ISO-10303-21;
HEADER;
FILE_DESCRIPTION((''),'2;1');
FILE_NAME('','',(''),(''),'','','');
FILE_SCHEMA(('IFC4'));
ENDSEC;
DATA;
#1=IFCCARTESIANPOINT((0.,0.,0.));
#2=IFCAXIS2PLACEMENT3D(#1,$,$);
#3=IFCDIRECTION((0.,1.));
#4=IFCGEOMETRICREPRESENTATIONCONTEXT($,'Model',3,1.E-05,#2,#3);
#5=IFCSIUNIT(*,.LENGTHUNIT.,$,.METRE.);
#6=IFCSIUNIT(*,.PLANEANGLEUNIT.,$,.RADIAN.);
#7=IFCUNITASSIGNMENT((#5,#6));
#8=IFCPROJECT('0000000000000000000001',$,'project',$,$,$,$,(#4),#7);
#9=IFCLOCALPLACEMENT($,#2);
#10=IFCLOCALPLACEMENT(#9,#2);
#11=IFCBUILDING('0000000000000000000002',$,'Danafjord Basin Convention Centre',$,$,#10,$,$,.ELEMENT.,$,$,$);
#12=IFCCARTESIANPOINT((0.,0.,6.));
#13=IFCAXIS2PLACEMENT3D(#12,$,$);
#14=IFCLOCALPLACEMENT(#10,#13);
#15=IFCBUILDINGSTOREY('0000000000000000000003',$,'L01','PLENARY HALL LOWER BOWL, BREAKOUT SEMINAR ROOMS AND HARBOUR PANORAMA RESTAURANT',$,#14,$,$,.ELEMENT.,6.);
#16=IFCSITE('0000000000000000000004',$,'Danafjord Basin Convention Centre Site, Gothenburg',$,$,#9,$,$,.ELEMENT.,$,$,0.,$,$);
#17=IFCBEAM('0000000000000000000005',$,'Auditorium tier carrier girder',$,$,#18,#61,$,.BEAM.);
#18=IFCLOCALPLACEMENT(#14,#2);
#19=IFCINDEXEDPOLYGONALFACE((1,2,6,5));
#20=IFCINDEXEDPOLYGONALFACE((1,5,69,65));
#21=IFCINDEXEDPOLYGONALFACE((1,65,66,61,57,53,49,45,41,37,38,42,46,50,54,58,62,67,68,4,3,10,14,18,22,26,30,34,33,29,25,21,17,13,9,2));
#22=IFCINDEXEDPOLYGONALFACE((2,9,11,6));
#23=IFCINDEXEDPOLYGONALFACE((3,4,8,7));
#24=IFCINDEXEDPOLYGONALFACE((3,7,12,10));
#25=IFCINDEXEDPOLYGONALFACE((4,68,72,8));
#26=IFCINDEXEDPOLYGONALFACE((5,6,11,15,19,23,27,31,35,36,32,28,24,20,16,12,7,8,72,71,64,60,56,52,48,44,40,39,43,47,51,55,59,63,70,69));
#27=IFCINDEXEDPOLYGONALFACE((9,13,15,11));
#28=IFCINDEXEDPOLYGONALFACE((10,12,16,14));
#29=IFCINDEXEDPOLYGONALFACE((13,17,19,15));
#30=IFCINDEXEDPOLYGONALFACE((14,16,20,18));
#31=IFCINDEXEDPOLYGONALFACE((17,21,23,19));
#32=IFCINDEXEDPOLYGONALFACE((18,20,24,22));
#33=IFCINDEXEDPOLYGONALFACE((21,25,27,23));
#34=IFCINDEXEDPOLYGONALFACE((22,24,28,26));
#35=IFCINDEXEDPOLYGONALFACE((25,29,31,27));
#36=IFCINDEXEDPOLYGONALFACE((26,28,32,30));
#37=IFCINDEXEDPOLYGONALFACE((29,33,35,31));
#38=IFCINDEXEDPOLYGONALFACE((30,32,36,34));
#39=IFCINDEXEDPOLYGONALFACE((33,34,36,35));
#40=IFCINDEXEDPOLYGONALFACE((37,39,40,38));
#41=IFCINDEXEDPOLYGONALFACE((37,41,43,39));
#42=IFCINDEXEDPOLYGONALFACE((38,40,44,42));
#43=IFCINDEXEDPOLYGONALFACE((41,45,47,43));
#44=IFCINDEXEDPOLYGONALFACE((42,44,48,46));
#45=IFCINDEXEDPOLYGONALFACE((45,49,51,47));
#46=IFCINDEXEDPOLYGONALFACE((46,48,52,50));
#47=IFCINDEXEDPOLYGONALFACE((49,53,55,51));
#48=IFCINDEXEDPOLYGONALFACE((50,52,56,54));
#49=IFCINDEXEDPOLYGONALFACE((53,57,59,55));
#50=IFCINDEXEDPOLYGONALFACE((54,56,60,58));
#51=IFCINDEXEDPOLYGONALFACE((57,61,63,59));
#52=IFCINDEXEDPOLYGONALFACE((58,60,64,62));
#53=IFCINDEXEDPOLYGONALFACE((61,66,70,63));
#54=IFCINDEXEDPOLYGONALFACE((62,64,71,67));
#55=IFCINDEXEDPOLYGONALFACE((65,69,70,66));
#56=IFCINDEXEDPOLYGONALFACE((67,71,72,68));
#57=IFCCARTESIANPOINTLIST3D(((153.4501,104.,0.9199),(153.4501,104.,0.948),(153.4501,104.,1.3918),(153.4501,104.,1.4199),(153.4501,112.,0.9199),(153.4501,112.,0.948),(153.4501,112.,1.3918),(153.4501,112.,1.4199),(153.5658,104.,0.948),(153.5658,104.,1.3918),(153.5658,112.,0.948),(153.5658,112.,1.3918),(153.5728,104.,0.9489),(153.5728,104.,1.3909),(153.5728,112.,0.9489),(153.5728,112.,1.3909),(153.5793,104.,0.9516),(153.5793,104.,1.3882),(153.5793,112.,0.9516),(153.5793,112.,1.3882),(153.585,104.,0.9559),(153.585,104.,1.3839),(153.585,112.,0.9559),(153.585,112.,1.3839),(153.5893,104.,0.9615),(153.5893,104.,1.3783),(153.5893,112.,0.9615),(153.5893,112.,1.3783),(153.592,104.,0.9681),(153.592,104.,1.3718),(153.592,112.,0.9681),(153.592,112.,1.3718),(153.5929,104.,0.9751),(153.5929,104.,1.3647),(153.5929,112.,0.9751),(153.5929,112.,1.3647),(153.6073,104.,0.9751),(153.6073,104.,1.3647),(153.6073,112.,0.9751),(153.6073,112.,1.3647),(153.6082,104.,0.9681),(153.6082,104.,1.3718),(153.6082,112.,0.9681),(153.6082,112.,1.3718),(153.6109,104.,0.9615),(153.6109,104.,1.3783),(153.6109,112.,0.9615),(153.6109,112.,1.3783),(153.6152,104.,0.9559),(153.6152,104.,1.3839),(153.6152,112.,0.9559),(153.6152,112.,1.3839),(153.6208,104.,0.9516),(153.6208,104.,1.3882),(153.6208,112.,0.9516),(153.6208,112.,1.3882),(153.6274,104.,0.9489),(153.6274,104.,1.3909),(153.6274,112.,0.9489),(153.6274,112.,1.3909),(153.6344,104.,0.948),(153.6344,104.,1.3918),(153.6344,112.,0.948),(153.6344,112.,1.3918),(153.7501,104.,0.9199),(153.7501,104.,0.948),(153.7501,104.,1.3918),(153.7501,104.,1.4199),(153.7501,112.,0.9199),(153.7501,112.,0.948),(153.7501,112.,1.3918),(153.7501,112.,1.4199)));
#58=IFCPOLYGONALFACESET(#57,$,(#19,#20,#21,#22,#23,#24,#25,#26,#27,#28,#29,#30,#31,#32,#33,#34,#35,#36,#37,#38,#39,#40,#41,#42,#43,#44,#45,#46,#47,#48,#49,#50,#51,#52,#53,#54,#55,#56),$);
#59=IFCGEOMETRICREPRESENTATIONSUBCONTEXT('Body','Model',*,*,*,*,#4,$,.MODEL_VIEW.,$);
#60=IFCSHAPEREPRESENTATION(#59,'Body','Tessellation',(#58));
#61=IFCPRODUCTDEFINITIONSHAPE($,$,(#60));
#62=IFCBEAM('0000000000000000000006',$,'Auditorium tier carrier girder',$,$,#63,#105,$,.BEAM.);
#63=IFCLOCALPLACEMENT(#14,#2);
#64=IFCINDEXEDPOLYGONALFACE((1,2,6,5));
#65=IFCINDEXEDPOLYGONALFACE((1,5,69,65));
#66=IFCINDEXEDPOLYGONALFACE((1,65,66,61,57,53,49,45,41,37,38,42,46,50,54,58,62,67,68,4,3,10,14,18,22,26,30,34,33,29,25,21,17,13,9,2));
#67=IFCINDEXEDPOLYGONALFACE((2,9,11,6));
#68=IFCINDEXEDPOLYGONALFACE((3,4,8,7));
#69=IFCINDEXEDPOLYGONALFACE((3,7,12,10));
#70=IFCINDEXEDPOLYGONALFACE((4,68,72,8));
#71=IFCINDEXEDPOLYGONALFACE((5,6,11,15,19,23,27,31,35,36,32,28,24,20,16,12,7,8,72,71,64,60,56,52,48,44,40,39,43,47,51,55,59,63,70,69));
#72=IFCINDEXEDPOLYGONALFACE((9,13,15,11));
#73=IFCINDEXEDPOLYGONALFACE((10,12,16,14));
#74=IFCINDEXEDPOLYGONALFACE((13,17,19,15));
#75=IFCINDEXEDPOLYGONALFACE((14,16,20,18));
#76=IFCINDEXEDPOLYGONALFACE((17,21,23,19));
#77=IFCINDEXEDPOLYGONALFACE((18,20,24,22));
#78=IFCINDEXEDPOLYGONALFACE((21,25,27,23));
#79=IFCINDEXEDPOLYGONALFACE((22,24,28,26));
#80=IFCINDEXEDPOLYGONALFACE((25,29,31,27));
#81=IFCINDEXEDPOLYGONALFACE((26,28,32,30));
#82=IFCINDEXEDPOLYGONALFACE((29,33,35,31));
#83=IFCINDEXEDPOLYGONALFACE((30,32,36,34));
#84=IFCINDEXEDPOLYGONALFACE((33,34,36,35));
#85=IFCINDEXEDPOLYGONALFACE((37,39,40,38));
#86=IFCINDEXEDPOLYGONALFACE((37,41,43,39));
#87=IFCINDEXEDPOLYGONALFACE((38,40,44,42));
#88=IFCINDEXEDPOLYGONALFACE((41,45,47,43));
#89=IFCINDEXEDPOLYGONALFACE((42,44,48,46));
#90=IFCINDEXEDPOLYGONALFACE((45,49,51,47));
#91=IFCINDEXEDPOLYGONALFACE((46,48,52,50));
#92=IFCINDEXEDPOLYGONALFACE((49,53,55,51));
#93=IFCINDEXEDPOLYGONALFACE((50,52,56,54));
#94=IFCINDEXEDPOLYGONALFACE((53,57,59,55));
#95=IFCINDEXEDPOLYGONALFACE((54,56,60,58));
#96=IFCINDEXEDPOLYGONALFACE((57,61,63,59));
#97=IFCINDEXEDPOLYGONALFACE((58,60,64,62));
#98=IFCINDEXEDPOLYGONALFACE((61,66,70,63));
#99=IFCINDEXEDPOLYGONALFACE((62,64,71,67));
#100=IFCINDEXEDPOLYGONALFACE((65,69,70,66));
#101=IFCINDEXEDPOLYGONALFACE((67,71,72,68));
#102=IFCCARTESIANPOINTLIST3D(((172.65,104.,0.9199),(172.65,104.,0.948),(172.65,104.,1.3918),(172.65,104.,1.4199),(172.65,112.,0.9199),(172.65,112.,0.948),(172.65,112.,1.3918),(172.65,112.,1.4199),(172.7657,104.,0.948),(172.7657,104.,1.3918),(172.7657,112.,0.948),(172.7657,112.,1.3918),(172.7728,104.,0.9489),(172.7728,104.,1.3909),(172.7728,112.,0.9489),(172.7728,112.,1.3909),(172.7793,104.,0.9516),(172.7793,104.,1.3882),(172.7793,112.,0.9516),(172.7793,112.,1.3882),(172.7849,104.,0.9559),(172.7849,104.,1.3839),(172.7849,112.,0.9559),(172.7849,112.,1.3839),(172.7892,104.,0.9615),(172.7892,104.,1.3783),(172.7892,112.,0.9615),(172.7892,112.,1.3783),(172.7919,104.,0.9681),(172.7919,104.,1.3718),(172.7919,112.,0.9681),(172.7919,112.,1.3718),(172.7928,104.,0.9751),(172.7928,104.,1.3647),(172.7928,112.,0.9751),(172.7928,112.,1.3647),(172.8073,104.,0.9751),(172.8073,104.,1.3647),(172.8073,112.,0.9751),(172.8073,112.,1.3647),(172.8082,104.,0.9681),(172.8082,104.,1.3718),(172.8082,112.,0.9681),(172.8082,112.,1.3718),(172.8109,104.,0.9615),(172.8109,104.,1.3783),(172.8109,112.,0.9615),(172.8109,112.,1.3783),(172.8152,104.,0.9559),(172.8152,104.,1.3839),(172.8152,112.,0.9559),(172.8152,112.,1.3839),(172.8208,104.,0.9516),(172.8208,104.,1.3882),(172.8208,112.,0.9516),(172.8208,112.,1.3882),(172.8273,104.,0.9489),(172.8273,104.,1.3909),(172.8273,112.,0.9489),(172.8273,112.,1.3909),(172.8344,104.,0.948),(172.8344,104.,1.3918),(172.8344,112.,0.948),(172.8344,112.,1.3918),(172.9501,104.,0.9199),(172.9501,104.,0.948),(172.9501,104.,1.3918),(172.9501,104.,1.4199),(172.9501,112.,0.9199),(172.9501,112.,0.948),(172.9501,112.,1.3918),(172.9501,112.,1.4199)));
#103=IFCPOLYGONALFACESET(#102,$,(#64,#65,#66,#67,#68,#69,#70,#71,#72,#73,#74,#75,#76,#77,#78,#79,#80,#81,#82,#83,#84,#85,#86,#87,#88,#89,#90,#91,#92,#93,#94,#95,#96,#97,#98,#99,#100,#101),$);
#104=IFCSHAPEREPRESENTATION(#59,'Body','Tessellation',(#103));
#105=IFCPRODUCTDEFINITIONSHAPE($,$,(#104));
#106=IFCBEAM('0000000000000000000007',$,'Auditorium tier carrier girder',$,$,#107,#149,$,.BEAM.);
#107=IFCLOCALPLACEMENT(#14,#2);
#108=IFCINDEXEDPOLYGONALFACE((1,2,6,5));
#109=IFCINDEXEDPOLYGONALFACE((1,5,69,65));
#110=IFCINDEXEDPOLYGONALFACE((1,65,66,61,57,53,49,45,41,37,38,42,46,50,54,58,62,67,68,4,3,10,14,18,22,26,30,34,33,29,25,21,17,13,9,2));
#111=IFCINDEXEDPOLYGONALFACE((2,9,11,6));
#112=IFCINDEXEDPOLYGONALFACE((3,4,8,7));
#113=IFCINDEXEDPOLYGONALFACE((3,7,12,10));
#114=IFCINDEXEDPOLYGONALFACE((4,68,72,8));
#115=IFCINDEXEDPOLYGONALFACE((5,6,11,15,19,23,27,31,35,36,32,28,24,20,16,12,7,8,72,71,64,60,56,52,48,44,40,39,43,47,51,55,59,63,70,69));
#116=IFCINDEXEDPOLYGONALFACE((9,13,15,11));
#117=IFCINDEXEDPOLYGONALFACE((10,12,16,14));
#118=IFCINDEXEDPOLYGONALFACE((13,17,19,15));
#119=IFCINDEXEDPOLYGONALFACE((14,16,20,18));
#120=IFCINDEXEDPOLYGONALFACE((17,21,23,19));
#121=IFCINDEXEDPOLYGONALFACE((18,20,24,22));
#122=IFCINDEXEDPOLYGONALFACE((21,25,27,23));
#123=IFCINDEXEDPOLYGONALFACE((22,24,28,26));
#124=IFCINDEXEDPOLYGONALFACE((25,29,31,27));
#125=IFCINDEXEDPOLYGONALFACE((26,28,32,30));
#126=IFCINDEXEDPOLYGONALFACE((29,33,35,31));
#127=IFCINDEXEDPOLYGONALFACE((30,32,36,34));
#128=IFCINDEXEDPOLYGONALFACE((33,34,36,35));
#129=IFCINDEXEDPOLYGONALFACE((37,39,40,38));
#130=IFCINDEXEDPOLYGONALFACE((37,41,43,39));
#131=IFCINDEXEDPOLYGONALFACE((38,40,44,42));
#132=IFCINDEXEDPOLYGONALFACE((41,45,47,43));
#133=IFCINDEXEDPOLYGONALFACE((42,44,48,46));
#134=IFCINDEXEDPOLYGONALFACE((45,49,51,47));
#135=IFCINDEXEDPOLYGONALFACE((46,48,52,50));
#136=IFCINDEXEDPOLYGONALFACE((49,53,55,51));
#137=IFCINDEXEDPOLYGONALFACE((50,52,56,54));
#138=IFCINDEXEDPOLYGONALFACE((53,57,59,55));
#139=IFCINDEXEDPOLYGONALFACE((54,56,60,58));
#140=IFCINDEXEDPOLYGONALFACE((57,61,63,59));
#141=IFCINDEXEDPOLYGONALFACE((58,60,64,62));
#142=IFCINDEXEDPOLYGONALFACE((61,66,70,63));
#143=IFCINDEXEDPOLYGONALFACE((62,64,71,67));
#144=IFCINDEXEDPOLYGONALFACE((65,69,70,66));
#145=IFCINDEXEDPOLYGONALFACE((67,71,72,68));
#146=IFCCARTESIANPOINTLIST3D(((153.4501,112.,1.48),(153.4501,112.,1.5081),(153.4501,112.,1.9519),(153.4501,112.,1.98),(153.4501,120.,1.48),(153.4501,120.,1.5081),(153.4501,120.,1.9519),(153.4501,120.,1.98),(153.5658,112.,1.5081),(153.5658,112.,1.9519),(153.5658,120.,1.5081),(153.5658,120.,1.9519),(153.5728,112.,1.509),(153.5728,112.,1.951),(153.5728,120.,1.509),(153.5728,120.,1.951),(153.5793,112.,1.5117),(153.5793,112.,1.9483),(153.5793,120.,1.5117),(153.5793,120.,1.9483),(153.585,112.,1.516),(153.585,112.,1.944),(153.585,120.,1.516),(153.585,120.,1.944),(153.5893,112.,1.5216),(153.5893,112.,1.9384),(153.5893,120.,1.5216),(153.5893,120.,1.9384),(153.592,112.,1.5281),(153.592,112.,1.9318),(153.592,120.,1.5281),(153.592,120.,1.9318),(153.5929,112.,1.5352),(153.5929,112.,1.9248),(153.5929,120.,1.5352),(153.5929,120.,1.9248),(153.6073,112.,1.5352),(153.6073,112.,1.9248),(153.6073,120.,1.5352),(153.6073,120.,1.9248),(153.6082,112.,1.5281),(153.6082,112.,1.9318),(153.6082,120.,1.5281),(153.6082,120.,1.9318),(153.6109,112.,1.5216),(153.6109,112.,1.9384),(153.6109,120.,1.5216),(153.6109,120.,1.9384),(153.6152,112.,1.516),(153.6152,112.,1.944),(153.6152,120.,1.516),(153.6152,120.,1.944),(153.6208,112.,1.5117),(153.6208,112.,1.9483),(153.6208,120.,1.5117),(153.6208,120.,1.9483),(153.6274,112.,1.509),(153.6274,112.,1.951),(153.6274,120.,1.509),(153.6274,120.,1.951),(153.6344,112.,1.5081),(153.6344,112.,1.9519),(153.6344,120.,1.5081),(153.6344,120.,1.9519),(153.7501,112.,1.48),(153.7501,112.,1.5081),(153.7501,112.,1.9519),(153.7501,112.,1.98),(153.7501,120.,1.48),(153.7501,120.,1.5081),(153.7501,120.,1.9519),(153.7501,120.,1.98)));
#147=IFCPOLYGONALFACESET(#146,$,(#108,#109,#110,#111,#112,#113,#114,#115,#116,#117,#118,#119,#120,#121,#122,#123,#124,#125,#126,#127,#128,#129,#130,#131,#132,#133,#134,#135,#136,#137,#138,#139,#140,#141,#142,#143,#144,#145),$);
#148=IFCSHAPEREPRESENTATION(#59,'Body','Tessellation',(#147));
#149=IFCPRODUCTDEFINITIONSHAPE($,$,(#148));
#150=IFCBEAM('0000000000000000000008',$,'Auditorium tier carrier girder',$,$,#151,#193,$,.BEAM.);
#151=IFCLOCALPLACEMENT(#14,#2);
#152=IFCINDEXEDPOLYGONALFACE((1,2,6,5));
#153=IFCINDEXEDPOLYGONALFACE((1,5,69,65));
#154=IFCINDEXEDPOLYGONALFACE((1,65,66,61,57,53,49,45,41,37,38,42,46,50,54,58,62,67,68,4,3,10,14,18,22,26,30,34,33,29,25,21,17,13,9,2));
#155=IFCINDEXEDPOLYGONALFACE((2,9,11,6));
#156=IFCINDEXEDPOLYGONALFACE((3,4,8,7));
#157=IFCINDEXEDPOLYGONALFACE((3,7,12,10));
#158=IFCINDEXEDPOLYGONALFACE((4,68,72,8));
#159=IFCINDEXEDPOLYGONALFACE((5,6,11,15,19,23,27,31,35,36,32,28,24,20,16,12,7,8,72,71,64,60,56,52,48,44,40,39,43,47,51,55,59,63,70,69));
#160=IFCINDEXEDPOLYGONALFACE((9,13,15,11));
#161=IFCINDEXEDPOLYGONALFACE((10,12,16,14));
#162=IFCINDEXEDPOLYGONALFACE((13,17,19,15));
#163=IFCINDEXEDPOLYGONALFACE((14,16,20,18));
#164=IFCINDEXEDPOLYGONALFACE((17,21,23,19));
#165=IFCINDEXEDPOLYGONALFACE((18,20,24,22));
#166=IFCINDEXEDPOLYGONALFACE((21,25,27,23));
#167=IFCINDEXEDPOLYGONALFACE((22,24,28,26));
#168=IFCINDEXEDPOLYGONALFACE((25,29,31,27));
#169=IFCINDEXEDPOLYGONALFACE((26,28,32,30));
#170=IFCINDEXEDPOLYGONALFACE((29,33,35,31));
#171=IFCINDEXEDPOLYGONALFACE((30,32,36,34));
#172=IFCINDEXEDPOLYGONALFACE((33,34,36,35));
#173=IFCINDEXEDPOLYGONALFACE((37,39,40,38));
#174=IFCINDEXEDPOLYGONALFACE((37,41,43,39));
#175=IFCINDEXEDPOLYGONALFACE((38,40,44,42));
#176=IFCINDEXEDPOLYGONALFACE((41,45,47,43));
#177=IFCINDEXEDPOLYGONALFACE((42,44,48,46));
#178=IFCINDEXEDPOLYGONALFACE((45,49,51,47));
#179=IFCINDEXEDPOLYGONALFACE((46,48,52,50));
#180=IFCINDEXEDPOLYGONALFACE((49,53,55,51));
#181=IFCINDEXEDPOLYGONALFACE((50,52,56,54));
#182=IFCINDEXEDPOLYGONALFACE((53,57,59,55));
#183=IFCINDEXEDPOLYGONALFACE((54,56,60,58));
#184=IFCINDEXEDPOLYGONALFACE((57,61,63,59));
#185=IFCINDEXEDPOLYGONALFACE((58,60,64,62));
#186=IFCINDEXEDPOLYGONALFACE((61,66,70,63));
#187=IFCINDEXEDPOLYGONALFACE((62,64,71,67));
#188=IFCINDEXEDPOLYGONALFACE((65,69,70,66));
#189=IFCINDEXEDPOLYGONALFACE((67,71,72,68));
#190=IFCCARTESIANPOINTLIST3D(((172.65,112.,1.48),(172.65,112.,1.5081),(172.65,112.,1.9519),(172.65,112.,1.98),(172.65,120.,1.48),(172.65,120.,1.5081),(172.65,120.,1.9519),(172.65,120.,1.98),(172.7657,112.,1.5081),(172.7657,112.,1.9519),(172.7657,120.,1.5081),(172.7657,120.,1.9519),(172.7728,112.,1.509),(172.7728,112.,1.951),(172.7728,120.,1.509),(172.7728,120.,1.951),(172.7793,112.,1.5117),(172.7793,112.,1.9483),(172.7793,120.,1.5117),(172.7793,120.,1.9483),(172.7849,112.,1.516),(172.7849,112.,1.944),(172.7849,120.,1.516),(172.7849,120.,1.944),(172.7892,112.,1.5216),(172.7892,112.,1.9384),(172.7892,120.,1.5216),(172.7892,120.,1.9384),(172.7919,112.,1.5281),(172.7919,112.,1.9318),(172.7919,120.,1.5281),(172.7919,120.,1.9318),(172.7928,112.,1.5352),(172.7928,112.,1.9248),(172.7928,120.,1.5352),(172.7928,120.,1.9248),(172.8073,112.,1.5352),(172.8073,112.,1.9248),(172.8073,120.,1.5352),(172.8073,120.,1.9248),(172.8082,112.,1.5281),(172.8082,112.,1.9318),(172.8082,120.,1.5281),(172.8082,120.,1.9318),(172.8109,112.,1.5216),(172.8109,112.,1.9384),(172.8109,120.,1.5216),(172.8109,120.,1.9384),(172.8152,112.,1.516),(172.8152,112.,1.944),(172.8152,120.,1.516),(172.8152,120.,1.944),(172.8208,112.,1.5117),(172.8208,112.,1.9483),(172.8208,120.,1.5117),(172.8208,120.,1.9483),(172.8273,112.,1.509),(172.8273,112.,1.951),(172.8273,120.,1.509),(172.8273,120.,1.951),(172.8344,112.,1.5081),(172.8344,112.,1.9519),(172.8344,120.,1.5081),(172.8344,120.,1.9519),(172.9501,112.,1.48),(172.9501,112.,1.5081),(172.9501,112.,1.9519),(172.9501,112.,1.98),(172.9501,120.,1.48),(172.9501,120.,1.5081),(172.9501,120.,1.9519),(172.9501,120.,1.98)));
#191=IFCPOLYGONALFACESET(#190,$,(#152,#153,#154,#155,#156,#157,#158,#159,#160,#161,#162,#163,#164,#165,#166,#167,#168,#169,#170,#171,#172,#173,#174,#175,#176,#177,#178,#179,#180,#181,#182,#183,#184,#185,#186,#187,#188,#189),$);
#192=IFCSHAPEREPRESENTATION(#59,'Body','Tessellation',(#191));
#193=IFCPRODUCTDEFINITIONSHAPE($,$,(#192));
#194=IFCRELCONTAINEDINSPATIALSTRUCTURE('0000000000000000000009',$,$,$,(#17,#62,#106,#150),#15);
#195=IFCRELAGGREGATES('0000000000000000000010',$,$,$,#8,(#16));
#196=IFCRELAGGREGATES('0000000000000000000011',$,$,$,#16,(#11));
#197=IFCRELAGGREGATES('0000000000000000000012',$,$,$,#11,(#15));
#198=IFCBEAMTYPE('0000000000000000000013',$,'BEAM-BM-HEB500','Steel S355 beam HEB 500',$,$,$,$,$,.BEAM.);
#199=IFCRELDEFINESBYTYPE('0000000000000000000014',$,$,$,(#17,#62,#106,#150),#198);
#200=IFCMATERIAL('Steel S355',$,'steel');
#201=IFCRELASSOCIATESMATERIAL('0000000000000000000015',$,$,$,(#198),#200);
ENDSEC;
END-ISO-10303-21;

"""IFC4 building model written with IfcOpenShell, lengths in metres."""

from ifc_helpers import new_model, si_unit, direction, frame, origin, origin_2d, place, context, subcontext, project, spatial, i_section, extrude, material, material_profile, profile_set, type_object, element, save


model = new_model("IFC4")

# Units and contexts
model_context = context("Model", 3, precision=1e-05, world=origin(), true_north=direction((0.0, 1.0)))
body_context = subcontext(model_context, "Body", "Model", "MODEL_VIEW")
ifc_project = project(units=[si_unit("LENGTHUNIT", "METRE"), si_unit("PLANEANGLEUNIT", "RADIAN")], contexts=[model_context])

# Site, building, storey
site_placement = place(None, origin())
site = spatial("IfcSite", under=ifc_project, at=site_placement, Name="Danafjord Basin Convention Centre Site, Gothenburg", CompositionType="ELEMENT", RefElevation=0.0)
building_placement = place(site_placement, origin())
building = spatial("IfcBuilding", under=site, at=building_placement, Name="Danafjord Basin Convention Centre", CompositionType="ELEMENT")
storey_placement = place(building_placement, frame((0.0, 0.0, 6.0)))
storey = spatial("IfcBuildingStorey", under=building, at=storey_placement, Name="L01", Description="PLENARY HALL LOWER BOWL, BREAKOUT SEMINAR ROOMS AND HARBOUR PANORAMA RESTAURANT", CompositionType="ELEMENT", Elevation=6.0)

# Shared definitions
ifc_material = material(Name="Steel S355", Category="steel")

# Beams
ifc_material_profile_1 = material_profile(ifc_material, i_section(OverallWidth=0.3, OverallDepth=0.5, WebThickness=0.0144, FlangeThickness=0.0281, FilletRadius=0.0271, at=origin_2d()), Name="HEB 500")
ifc_profile_set_1 = profile_set([ifc_material_profile_1], Name="Steel S355")
beam_type_1 = type_object("IfcBeamType", Name="BEAM-BM-HEB500", Description="Steel S355 beam HEB 500", PredefinedType="BEAM", material=ifc_profile_set_1)
for number, where, z_axis, x_axis, name in (
    (1, (153.6001, 104.0, 1.1699), (0.0, 1.0, 0.0), (-1.0, 0.0, 0.0), "Auditorium tier carrier girder"),
    (2, (172.8, 104.0, 1.1699), (0.0, 1.0, 0.0), (-1.0, 0.0, 0.0), "Auditorium tier carrier girder"),
    (3, (153.6001, 112.0, 1.73), (0.0, 1.0, 0.0), (-1.0, 0.0, 0.0), "Auditorium tier carrier girder"),
    (4, (172.8, 112.0, 1.73), (0.0, 1.0, 0.0), (-1.0, 0.0, 0.0), "Auditorium tier carrier girder"),
):
    element("IfcBeam", number, at=place(storey_placement, frame(where, z_axis=z_axis, x_axis=x_axis)), inside=storey, type_object=beam_type_1, Name=name, PredefinedType="BEAM", context=body_context, shape_type="SweptSolid", body=[
        extrude(i_section(OverallWidth=0.3, OverallDepth=0.5, WebThickness=0.0144, FlangeThickness=0.0281, FilletRadius=0.0271, at=origin_2d()), origin(), (0.0, 0.0, 1.0), 8.0),
    ])

save(model, "model.ifc")
